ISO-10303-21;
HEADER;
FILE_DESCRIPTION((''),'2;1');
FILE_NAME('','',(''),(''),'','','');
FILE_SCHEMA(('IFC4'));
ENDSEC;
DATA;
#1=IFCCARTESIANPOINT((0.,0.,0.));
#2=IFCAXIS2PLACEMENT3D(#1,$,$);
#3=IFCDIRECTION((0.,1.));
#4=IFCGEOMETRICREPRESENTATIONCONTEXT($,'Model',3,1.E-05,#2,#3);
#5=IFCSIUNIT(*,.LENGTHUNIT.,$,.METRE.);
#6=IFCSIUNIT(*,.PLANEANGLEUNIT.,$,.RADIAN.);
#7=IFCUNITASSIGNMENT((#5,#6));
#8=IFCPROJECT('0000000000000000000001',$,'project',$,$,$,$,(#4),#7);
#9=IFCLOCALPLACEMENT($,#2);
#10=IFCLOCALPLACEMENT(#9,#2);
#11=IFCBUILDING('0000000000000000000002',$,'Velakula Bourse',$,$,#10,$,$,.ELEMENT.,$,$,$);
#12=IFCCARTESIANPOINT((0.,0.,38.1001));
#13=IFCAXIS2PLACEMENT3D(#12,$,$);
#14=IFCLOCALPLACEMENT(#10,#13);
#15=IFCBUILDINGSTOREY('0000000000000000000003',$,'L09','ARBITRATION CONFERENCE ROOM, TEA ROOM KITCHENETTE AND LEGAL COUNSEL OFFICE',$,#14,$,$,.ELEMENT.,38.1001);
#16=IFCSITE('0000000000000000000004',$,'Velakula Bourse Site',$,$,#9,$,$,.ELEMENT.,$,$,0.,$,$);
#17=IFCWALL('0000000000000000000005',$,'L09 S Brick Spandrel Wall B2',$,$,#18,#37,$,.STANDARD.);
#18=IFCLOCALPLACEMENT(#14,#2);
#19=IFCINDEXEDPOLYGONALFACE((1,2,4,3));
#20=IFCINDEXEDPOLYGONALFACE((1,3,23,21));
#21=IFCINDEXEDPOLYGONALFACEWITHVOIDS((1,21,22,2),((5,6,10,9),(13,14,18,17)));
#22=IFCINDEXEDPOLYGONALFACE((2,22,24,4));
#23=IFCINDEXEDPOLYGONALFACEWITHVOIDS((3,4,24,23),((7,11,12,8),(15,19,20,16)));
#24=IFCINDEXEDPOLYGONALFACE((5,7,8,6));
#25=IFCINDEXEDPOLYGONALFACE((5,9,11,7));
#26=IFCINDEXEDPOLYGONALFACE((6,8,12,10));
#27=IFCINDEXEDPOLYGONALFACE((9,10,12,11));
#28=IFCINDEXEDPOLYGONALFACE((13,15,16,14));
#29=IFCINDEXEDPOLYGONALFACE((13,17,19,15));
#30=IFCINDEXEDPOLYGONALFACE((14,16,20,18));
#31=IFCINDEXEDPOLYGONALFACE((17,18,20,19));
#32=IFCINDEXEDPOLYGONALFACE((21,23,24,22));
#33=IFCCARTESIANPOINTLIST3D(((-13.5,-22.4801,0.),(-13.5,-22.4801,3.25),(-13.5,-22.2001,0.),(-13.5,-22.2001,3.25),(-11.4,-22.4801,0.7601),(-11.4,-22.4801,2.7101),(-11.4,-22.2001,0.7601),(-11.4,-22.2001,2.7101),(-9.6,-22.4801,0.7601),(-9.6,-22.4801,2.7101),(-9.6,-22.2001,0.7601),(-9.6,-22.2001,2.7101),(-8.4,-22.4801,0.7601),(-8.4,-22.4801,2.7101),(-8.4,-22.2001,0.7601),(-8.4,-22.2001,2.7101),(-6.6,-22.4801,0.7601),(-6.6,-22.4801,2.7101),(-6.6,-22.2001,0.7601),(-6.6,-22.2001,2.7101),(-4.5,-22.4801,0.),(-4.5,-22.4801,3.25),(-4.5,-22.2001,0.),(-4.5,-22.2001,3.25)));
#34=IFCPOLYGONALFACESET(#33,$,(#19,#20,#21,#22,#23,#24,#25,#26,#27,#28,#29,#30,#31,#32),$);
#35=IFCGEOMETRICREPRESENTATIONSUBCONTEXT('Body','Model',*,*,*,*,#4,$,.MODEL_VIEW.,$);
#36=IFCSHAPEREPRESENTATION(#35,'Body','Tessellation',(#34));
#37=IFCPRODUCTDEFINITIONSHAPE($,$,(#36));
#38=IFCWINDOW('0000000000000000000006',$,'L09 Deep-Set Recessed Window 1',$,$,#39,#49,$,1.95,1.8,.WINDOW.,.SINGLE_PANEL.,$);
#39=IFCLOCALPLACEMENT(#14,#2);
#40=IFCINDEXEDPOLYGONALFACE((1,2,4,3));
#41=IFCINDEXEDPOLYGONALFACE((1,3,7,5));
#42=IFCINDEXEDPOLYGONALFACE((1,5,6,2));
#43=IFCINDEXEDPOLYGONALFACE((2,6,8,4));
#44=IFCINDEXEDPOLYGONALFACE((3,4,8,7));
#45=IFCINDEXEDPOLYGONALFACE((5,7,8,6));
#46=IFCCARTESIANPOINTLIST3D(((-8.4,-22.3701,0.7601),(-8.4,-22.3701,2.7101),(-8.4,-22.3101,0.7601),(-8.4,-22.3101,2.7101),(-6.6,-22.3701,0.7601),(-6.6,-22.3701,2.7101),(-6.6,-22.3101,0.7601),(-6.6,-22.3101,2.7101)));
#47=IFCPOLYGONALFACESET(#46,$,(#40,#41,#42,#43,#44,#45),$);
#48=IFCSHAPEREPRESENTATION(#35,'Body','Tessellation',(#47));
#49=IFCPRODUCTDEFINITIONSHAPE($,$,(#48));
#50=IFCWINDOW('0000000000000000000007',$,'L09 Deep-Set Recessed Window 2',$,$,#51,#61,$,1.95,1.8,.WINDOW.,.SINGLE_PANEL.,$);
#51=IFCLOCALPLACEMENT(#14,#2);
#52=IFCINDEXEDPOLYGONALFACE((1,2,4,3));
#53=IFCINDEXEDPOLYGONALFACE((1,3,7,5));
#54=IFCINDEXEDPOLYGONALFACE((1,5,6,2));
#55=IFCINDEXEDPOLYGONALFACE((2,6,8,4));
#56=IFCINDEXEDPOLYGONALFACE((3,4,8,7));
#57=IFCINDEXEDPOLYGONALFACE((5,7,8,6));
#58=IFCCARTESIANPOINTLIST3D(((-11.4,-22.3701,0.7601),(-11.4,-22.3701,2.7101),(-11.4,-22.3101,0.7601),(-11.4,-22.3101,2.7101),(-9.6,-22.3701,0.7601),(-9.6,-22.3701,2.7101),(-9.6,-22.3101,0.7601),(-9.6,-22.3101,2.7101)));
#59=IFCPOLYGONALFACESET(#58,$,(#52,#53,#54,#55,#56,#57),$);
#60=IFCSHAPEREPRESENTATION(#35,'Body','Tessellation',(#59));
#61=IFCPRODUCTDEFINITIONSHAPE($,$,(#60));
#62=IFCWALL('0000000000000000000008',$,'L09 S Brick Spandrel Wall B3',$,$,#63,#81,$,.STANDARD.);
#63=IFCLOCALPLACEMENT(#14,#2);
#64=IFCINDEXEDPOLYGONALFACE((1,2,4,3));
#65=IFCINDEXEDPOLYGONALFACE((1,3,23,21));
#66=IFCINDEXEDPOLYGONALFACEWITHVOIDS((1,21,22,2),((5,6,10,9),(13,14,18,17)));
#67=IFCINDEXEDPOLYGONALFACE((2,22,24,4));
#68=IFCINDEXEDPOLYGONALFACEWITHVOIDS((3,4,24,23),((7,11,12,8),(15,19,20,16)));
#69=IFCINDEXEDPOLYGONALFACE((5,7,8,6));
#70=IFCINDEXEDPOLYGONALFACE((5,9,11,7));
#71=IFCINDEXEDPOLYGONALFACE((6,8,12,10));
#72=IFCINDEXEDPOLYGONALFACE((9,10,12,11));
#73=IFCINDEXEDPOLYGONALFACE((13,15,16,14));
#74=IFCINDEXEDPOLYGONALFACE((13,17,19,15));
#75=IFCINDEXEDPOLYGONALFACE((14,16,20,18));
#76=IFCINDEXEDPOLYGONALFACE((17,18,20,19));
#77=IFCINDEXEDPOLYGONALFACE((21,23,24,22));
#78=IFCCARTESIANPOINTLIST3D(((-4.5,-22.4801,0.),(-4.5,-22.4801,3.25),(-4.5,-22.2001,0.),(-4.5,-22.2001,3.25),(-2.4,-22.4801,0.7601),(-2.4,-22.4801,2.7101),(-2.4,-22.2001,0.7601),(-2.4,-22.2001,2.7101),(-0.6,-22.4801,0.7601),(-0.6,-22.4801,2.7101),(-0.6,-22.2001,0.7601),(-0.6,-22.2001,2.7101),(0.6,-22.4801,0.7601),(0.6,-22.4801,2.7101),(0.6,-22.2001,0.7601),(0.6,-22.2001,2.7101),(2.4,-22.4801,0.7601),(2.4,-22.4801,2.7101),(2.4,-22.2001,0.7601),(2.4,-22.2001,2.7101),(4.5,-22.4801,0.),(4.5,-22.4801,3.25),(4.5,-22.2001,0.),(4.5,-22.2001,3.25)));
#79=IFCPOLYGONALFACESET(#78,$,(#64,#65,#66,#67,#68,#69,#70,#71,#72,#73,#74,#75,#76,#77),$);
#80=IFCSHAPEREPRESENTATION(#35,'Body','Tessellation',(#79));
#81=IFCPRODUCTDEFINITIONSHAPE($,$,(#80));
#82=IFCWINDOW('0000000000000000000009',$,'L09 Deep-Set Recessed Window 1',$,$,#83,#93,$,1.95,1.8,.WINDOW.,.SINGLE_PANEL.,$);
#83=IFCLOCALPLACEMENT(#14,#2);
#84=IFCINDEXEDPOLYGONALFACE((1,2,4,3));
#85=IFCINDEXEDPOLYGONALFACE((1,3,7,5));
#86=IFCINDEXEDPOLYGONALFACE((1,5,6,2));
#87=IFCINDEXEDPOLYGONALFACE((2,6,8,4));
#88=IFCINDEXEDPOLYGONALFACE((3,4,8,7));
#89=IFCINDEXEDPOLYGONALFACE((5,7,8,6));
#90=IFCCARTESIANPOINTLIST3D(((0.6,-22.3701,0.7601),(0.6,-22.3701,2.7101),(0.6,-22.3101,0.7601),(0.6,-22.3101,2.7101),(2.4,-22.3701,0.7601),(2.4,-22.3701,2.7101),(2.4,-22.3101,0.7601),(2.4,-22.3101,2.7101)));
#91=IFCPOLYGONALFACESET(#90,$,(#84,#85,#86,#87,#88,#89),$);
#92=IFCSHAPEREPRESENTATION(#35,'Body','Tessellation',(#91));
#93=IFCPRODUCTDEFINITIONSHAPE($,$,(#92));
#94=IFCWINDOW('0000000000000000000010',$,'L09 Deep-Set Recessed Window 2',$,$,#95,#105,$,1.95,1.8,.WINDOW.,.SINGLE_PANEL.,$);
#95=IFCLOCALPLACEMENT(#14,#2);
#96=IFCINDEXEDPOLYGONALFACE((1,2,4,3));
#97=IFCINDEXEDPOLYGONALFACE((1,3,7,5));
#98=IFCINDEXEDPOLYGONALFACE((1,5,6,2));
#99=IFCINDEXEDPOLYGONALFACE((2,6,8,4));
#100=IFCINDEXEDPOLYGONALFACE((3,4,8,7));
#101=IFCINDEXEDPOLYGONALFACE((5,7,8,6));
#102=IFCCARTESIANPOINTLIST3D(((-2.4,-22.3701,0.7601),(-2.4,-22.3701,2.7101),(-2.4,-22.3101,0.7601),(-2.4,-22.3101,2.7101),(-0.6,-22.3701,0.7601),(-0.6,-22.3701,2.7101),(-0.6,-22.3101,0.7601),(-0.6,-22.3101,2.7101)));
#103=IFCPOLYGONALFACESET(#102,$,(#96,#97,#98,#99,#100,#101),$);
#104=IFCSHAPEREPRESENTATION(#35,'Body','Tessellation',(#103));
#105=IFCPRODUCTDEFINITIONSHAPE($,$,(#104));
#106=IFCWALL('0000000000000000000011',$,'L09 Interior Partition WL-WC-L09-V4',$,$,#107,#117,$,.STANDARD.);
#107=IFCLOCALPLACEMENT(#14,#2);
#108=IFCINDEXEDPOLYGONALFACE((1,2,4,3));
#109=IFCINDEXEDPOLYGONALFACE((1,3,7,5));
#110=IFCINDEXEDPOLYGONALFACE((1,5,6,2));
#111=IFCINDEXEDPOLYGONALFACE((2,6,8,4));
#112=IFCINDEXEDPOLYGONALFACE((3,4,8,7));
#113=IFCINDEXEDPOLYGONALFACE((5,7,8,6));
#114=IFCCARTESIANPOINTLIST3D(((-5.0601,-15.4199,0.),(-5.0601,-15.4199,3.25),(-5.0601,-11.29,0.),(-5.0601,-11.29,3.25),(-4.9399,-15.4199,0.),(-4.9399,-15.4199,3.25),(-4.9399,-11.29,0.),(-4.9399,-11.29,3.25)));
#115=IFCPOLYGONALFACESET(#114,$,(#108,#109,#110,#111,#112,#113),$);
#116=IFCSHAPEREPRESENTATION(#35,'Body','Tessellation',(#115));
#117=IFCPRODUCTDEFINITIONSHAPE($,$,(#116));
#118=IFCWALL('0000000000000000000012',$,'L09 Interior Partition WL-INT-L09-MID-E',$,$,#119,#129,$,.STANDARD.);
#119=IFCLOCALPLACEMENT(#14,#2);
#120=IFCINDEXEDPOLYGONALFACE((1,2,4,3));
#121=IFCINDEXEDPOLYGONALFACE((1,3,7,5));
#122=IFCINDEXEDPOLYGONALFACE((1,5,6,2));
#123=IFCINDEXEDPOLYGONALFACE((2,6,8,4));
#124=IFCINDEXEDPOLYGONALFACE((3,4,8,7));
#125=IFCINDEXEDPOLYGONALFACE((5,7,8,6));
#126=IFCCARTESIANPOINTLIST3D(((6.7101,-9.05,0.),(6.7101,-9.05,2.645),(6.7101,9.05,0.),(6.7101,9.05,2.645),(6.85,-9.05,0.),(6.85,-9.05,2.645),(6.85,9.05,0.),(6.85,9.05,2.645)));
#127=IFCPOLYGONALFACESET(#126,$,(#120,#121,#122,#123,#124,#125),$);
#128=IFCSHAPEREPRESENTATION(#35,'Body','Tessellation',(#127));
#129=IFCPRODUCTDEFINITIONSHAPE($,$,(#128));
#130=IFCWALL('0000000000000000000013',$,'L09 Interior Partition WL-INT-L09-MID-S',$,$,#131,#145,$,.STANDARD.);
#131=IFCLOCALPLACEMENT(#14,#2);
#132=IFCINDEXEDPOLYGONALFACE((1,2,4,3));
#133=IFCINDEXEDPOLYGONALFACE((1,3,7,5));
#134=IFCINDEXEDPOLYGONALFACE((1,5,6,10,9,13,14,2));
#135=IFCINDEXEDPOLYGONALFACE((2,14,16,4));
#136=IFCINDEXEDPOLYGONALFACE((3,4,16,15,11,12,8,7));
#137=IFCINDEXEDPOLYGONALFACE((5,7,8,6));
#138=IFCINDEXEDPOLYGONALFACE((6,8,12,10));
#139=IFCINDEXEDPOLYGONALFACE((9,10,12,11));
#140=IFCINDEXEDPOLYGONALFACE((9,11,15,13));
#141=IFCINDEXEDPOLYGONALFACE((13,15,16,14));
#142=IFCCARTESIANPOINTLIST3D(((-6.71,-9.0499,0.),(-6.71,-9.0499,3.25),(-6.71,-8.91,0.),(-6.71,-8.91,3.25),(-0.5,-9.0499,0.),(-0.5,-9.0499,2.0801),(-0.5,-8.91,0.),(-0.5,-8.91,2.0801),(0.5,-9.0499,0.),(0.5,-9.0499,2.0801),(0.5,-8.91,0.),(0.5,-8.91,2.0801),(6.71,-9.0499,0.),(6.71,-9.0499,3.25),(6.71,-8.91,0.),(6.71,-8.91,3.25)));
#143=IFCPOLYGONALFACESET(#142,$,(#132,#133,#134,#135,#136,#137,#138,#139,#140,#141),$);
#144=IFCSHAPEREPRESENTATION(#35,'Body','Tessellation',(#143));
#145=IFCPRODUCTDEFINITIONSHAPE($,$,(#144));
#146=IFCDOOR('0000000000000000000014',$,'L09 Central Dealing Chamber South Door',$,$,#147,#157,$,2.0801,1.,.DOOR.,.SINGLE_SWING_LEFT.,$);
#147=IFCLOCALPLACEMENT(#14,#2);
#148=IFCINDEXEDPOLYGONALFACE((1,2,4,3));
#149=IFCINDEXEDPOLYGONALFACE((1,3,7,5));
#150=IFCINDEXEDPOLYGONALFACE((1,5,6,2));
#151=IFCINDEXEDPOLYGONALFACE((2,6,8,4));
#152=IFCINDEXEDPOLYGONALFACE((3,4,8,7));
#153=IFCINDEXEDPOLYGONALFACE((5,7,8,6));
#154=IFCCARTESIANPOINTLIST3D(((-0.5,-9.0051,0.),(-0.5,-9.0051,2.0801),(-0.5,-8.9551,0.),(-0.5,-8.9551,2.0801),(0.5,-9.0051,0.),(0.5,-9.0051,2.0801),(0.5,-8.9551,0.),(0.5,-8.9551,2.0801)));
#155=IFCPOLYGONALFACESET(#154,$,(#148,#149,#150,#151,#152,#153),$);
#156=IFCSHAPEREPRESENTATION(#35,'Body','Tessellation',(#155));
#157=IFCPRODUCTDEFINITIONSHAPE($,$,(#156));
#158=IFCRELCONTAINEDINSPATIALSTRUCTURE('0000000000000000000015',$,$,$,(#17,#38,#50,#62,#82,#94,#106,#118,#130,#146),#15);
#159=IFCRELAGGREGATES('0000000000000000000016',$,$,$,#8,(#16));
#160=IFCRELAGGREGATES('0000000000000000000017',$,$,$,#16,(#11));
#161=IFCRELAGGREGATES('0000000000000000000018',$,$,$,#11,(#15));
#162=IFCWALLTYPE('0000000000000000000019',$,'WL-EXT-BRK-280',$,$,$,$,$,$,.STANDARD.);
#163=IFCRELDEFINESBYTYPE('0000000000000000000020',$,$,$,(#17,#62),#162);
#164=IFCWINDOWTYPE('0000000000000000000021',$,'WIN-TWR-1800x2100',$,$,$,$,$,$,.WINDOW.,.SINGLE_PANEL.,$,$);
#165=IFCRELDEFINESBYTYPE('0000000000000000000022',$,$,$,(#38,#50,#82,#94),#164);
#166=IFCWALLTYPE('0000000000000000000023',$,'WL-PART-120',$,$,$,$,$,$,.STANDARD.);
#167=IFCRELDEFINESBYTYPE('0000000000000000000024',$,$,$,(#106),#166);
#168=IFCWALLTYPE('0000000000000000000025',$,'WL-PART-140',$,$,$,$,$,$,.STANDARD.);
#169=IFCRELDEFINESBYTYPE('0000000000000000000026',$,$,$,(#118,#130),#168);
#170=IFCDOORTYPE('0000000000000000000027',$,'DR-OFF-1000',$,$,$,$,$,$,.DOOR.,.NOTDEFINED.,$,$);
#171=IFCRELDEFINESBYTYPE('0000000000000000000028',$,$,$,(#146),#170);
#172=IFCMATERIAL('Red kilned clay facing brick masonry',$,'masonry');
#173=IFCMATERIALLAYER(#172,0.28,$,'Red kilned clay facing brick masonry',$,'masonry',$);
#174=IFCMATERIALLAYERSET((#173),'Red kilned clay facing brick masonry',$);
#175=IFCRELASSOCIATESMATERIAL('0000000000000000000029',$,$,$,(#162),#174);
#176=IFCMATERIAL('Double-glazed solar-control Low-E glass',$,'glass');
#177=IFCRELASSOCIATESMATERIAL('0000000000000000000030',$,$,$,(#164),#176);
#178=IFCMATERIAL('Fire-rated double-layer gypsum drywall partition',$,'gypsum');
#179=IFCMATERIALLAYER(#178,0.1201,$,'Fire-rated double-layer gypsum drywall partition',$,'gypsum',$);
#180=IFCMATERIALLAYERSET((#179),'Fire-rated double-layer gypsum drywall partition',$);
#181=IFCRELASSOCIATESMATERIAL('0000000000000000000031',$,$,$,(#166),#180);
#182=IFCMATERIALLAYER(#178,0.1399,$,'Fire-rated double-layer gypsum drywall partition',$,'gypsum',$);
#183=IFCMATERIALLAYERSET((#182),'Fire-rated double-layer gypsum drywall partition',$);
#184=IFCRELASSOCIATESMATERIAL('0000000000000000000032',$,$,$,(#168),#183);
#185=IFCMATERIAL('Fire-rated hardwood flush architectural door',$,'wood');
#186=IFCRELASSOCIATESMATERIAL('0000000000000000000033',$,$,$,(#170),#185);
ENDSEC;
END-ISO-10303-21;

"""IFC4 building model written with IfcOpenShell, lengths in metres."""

from ifc_helpers import new_model, si_unit, direction, frame, frame_2d, origin, place, context, subcontext, project, spatial, rectangle, extrude, material, layer, layer_set, type_object, element, fill, save


model = new_model("IFC4")

# Units and contexts
model_context = context("Model", 3, precision=1e-05, world=origin(), true_north=direction((0.0, 1.0)))
body_context = subcontext(model_context, "Body", "Model", "MODEL_VIEW")
ifc_project = project(units=[si_unit("LENGTHUNIT", "METRE"), si_unit("PLANEANGLEUNIT", "RADIAN")], contexts=[model_context])

# Site, building, storey
site_placement = place(None, origin())
site = spatial("IfcSite", under=ifc_project, at=site_placement, Name="Velakula Bourse Site", CompositionType="ELEMENT", RefElevation=0.0)
building_placement = place(site_placement, origin())
building = spatial("IfcBuilding", under=site, at=building_placement, Name="Velakula Bourse", CompositionType="ELEMENT")
storey_placement = place(building_placement, frame((0.0, 0.0, 38.1001)))
storey = spatial("IfcBuildingStorey", under=building, at=storey_placement, Name="L09", Description="ARBITRATION CONFERENCE ROOM, TEA ROOM KITCHENETTE AND LEGAL COUNSEL OFFICE", CompositionType="ELEMENT", Elevation=38.1001)

# Walls, openings, windows
ifc_material_1 = material(Name="Red kilned clay facing brick masonry", Category="masonry")
ifc_layer_1 = layer(ifc_material_1, 0.28, Name="Red kilned clay facing brick masonry", Category="masonry")
ifc_layer_set_1 = layer_set([ifc_layer_1], Name="Red kilned clay facing brick masonry")
wall_type_1 = type_object("IfcWallType", Name="WL-EXT-BRK-280", PredefinedType="STANDARD", material=ifc_layer_set_1)
wall_1_placement = place(storey_placement, frame((-4.5, -22.3401, 0.0), z_axis=(0.0, 0.0, 1.0), x_axis=(-1.0, 0.0, 0.0)))
wall_1 = element("IfcWall", 1, at=wall_1_placement, inside=storey, type_object=wall_type_1, Name="L09 S Brick Spandrel Wall B2", PredefinedType="STANDARD", context=body_context, shape_type="SweptSolid", body=[
    extrude(rectangle(XDim=9.0, YDim=0.28, at=frame_2d((4.5, 0.0))), origin(), (0.0, 0.0, 1.0), 3.25),
])
opening_1_placement = place(wall_1_placement, frame((2.1001, 0.0, 0.76)))
opening_1 = element("IfcOpeningElement", 2, at=opening_1_placement, cuts=wall_1, PredefinedType="OPENING", context=body_context, shape_type="SweptSolid", body=[
    extrude(rectangle(XDim=1.8, YDim=1.95, at=frame_2d((0.8999, 0.9751))), frame((0.0, 0.1499, 0.0), z_axis=(0.0, -1.0, 0.0), x_axis=(1.0, 0.0, 0.0)), (0.0, 0.0, 1.0), 0.3),
])
opening_2_placement = place(wall_1_placement, frame((5.1001, 0.0, 0.76)))
opening_2 = element("IfcOpeningElement", 3, at=opening_2_placement, cuts=wall_1, PredefinedType="OPENING", context=body_context, shape_type="SweptSolid", body=[
    extrude(rectangle(XDim=1.8, YDim=1.95, at=frame_2d((0.8999, 0.9751))), frame((0.0, 0.1499, 0.0), z_axis=(0.0, -1.0, 0.0), x_axis=(1.0, 0.0, 0.0)), (0.0, 0.0, 1.0), 0.3),
])
ifc_material_2 = material(Name="Double-glazed solar-control Low-E glass", Category="glass")
window_type = type_object("IfcWindowType", Name="WIN-TWR-1800x2100", PartitioningType="SINGLE_PANEL", PredefinedType="WINDOW", material=ifc_material_2)
window_1_placement = place(opening_1_placement, origin())
window_1 = element("IfcWindow", 4, at=window_1_placement, inside=storey, type_object=window_type, Name="L09 Deep-Set Recessed Window 1", OverallHeight=1.95, OverallWidth=1.8, PartitioningType="SINGLE_PANEL", PredefinedType="WINDOW", context=body_context, shape_type="SweptSolid", body=[
    extrude(rectangle(XDim=1.8, YDim=1.95, at=frame_2d((0.8999, 0.9751))), frame((0.0, 0.03, 0.0), z_axis=(0.0, -1.0, 0.0), x_axis=(1.0, 0.0, 0.0)), (0.0, 0.0, 1.0), 0.0601),
])
fill(opening_1, window_1)
window_2_placement = place(opening_2_placement, origin())
window_2 = element("IfcWindow", 5, at=window_2_placement, inside=storey, type_object=window_type, Name="L09 Deep-Set Recessed Window 2", OverallHeight=1.95, OverallWidth=1.8, PartitioningType="SINGLE_PANEL", PredefinedType="WINDOW", context=body_context, shape_type="SweptSolid", body=[
    extrude(rectangle(XDim=1.8, YDim=1.95, at=frame_2d((0.8999, 0.9751))), frame((0.0, 0.03, 0.0), z_axis=(0.0, -1.0, 0.0), x_axis=(1.0, 0.0, 0.0)), (0.0, 0.0, 1.0), 0.0601),
])
fill(opening_2, window_2)
wall_2_placement = place(storey_placement, frame((4.5, -22.3401, 0.0), z_axis=(0.0, 0.0, 1.0), x_axis=(-1.0, 0.0, 0.0)))
wall_2 = element("IfcWall", 6, at=wall_2_placement, inside=storey, type_object=wall_type_1, Name="L09 S Brick Spandrel Wall B3", PredefinedType="STANDARD", context=body_context, shape_type="SweptSolid", body=[
    extrude(rectangle(XDim=9.0, YDim=0.28, at=frame_2d((4.5, 0.0))), origin(), (0.0, 0.0, 1.0), 3.25),
])
opening_3_placement = place(wall_2_placement, frame((2.1001, 0.0, 0.76)))
opening_3 = element("IfcOpeningElement", 7, at=opening_3_placement, cuts=wall_2, PredefinedType="OPENING", context=body_context, shape_type="SweptSolid", body=[
    extrude(rectangle(XDim=1.8, YDim=1.95, at=frame_2d((0.8999, 0.9751))), frame((0.0, 0.1499, 0.0), z_axis=(0.0, -1.0, 0.0), x_axis=(1.0, 0.0, 0.0)), (0.0, 0.0, 1.0), 0.3),
])
opening_4_placement = place(wall_2_placement, frame((5.1001, 0.0, 0.76)))
opening_4 = element("IfcOpeningElement", 8, at=opening_4_placement, cuts=wall_2, PredefinedType="OPENING", context=body_context, shape_type="SweptSolid", body=[
    extrude(rectangle(XDim=1.8, YDim=1.95, at=frame_2d((0.8999, 0.9751))), frame((0.0, 0.1499, 0.0), z_axis=(0.0, -1.0, 0.0), x_axis=(1.0, 0.0, 0.0)), (0.0, 0.0, 1.0), 0.3),
])
window_3_placement = place(opening_3_placement, origin())
window_3 = element("IfcWindow", 9, at=window_3_placement, inside=storey, type_object=window_type, Name="L09 Deep-Set Recessed Window 1", OverallHeight=1.95, OverallWidth=1.8, PartitioningType="SINGLE_PANEL", PredefinedType="WINDOW", context=body_context, shape_type="SweptSolid", body=[
    extrude(rectangle(XDim=1.8, YDim=1.95, at=frame_2d((0.8999, 0.9751))), frame((0.0, 0.03, 0.0), z_axis=(0.0, -1.0, 0.0), x_axis=(1.0, 0.0, 0.0)), (0.0, 0.0, 1.0), 0.0601),
])
fill(opening_3, window_3)
window_4_placement = place(opening_4_placement, origin())
window_4 = element("IfcWindow", 10, at=window_4_placement, inside=storey, type_object=window_type, Name="L09 Deep-Set Recessed Window 2", OverallHeight=1.95, OverallWidth=1.8, PartitioningType="SINGLE_PANEL", PredefinedType="WINDOW", context=body_context, shape_type="SweptSolid", body=[
    extrude(rectangle(XDim=1.8, YDim=1.95, at=frame_2d((0.8999, 0.9751))), frame((0.0, 0.03, 0.0), z_axis=(0.0, -1.0, 0.0), x_axis=(1.0, 0.0, 0.0)), (0.0, 0.0, 1.0), 0.0601),
])
fill(opening_4, window_4)

# Walls
ifc_material_3 = material(Name="Fire-rated double-layer gypsum drywall partition", Category="gypsum")
ifc_layer_2 = layer(ifc_material_3, 0.1201, Name="Fire-rated double-layer gypsum drywall partition", Category="gypsum")
ifc_layer_set_2 = layer_set([ifc_layer_2], Name="Fire-rated double-layer gypsum drywall partition")
wall_type_2 = type_object("IfcWallType", Name="WL-PART-120", PredefinedType="STANDARD", material=ifc_layer_set_2)
wall_3_placement = place(storey_placement, frame((-5.0, -15.4199, 0.0), z_axis=(0.0, 0.0, 1.0), x_axis=(0.0, 1.0, 0.0)))
element("IfcWall", 11, at=wall_3_placement, inside=storey, type_object=wall_type_2, Name="L09 Interior Partition WL-WC-L09-V4", PredefinedType="STANDARD", context=body_context, shape_type="SweptSolid", body=[
    extrude(rectangle(XDim=4.1299, YDim=0.1201, at=frame_2d((2.0649, 0.0))), origin(), (0.0, 0.0, 1.0), 3.25),
])
ifc_layer_3 = layer(ifc_material_3, 0.1399, Name="Fire-rated double-layer gypsum drywall partition", Category="gypsum")
ifc_layer_set_3 = layer_set([ifc_layer_3], Name="Fire-rated double-layer gypsum drywall partition")
wall_type_3 = type_object("IfcWallType", Name="WL-PART-140", PredefinedType="STANDARD", material=ifc_layer_set_3)
wall_4_placement = place(storey_placement, frame((6.78, -9.05, 0.0), z_axis=(0.0, 0.0, 1.0), x_axis=(0.0, 1.0, 0.0)))
element("IfcWall", 12, at=wall_4_placement, inside=storey, type_object=wall_type_3, Name="L09 Interior Partition WL-INT-L09-MID-E", PredefinedType="STANDARD", context=body_context, shape_type="SweptSolid", body=[
    extrude(rectangle(XDim=18.1001, YDim=0.1399, at=frame_2d((9.05, 0.0))), origin(), (0.0, 0.0, 1.0), 2.645),
])

# Wall, opening, door
wall_5_placement = place(storey_placement, frame((-6.71, -8.98, 0.0), z_axis=(0.0, 0.0, 1.0), x_axis=(1.0, 0.0, 0.0)))
wall_5 = element("IfcWall", 13, at=wall_5_placement, inside=storey, type_object=wall_type_3, Name="L09 Interior Partition WL-INT-L09-MID-S", PredefinedType="STANDARD", context=body_context, shape_type="SweptSolid", body=[
    extrude(rectangle(XDim=13.4199, YDim=0.1399, at=frame_2d((6.71, 0.0))), origin(), (0.0, 0.0, 1.0), 3.25),
])
opening_5_placement = place(wall_5_placement, frame((6.21, 0.0, 0.0)))
opening_5 = element("IfcOpeningElement", 14, at=opening_5_placement, cuts=wall_5, PredefinedType="OPENING", context=body_context, shape_type="SweptSolid", body=[
    extrude(rectangle(XDim=1.0, YDim=2.0801, at=frame_2d((0.5, 1.04))), frame((0.0, 0.0798, 0.0), z_axis=(0.0, -1.0, 0.0), x_axis=(1.0, 0.0, 0.0)), (0.0, 0.0, 1.0), 0.1599),
])
ifc_material_4 = material(Name="Fire-rated hardwood flush architectural door", Category="wood")
door_type = type_object("IfcDoorType", Name="DR-OFF-1000", OperationType="NOTDEFINED", PredefinedType="DOOR", material=ifc_material_4)
door_placement = place(opening_5_placement, origin())
door = element("IfcDoor", 15, at=door_placement, inside=storey, type_object=door_type, Name="L09 Central Dealing Chamber South Door", OperationType="SINGLE_SWING_LEFT", OverallHeight=2.0801, OverallWidth=1.0, PredefinedType="DOOR", context=body_context, shape_type="SweptSolid", body=[
    extrude(rectangle(XDim=1.0, YDim=2.0801, at=frame_2d((0.5, 1.04))), frame((0.0, 0.0249, 0.0), z_axis=(0.0, -1.0, 0.0), x_axis=(1.0, 0.0, 0.0)), (0.0, 0.0, 1.0), 0.05),
])
fill(opening_5, door)

save(model, "model.ifc")
